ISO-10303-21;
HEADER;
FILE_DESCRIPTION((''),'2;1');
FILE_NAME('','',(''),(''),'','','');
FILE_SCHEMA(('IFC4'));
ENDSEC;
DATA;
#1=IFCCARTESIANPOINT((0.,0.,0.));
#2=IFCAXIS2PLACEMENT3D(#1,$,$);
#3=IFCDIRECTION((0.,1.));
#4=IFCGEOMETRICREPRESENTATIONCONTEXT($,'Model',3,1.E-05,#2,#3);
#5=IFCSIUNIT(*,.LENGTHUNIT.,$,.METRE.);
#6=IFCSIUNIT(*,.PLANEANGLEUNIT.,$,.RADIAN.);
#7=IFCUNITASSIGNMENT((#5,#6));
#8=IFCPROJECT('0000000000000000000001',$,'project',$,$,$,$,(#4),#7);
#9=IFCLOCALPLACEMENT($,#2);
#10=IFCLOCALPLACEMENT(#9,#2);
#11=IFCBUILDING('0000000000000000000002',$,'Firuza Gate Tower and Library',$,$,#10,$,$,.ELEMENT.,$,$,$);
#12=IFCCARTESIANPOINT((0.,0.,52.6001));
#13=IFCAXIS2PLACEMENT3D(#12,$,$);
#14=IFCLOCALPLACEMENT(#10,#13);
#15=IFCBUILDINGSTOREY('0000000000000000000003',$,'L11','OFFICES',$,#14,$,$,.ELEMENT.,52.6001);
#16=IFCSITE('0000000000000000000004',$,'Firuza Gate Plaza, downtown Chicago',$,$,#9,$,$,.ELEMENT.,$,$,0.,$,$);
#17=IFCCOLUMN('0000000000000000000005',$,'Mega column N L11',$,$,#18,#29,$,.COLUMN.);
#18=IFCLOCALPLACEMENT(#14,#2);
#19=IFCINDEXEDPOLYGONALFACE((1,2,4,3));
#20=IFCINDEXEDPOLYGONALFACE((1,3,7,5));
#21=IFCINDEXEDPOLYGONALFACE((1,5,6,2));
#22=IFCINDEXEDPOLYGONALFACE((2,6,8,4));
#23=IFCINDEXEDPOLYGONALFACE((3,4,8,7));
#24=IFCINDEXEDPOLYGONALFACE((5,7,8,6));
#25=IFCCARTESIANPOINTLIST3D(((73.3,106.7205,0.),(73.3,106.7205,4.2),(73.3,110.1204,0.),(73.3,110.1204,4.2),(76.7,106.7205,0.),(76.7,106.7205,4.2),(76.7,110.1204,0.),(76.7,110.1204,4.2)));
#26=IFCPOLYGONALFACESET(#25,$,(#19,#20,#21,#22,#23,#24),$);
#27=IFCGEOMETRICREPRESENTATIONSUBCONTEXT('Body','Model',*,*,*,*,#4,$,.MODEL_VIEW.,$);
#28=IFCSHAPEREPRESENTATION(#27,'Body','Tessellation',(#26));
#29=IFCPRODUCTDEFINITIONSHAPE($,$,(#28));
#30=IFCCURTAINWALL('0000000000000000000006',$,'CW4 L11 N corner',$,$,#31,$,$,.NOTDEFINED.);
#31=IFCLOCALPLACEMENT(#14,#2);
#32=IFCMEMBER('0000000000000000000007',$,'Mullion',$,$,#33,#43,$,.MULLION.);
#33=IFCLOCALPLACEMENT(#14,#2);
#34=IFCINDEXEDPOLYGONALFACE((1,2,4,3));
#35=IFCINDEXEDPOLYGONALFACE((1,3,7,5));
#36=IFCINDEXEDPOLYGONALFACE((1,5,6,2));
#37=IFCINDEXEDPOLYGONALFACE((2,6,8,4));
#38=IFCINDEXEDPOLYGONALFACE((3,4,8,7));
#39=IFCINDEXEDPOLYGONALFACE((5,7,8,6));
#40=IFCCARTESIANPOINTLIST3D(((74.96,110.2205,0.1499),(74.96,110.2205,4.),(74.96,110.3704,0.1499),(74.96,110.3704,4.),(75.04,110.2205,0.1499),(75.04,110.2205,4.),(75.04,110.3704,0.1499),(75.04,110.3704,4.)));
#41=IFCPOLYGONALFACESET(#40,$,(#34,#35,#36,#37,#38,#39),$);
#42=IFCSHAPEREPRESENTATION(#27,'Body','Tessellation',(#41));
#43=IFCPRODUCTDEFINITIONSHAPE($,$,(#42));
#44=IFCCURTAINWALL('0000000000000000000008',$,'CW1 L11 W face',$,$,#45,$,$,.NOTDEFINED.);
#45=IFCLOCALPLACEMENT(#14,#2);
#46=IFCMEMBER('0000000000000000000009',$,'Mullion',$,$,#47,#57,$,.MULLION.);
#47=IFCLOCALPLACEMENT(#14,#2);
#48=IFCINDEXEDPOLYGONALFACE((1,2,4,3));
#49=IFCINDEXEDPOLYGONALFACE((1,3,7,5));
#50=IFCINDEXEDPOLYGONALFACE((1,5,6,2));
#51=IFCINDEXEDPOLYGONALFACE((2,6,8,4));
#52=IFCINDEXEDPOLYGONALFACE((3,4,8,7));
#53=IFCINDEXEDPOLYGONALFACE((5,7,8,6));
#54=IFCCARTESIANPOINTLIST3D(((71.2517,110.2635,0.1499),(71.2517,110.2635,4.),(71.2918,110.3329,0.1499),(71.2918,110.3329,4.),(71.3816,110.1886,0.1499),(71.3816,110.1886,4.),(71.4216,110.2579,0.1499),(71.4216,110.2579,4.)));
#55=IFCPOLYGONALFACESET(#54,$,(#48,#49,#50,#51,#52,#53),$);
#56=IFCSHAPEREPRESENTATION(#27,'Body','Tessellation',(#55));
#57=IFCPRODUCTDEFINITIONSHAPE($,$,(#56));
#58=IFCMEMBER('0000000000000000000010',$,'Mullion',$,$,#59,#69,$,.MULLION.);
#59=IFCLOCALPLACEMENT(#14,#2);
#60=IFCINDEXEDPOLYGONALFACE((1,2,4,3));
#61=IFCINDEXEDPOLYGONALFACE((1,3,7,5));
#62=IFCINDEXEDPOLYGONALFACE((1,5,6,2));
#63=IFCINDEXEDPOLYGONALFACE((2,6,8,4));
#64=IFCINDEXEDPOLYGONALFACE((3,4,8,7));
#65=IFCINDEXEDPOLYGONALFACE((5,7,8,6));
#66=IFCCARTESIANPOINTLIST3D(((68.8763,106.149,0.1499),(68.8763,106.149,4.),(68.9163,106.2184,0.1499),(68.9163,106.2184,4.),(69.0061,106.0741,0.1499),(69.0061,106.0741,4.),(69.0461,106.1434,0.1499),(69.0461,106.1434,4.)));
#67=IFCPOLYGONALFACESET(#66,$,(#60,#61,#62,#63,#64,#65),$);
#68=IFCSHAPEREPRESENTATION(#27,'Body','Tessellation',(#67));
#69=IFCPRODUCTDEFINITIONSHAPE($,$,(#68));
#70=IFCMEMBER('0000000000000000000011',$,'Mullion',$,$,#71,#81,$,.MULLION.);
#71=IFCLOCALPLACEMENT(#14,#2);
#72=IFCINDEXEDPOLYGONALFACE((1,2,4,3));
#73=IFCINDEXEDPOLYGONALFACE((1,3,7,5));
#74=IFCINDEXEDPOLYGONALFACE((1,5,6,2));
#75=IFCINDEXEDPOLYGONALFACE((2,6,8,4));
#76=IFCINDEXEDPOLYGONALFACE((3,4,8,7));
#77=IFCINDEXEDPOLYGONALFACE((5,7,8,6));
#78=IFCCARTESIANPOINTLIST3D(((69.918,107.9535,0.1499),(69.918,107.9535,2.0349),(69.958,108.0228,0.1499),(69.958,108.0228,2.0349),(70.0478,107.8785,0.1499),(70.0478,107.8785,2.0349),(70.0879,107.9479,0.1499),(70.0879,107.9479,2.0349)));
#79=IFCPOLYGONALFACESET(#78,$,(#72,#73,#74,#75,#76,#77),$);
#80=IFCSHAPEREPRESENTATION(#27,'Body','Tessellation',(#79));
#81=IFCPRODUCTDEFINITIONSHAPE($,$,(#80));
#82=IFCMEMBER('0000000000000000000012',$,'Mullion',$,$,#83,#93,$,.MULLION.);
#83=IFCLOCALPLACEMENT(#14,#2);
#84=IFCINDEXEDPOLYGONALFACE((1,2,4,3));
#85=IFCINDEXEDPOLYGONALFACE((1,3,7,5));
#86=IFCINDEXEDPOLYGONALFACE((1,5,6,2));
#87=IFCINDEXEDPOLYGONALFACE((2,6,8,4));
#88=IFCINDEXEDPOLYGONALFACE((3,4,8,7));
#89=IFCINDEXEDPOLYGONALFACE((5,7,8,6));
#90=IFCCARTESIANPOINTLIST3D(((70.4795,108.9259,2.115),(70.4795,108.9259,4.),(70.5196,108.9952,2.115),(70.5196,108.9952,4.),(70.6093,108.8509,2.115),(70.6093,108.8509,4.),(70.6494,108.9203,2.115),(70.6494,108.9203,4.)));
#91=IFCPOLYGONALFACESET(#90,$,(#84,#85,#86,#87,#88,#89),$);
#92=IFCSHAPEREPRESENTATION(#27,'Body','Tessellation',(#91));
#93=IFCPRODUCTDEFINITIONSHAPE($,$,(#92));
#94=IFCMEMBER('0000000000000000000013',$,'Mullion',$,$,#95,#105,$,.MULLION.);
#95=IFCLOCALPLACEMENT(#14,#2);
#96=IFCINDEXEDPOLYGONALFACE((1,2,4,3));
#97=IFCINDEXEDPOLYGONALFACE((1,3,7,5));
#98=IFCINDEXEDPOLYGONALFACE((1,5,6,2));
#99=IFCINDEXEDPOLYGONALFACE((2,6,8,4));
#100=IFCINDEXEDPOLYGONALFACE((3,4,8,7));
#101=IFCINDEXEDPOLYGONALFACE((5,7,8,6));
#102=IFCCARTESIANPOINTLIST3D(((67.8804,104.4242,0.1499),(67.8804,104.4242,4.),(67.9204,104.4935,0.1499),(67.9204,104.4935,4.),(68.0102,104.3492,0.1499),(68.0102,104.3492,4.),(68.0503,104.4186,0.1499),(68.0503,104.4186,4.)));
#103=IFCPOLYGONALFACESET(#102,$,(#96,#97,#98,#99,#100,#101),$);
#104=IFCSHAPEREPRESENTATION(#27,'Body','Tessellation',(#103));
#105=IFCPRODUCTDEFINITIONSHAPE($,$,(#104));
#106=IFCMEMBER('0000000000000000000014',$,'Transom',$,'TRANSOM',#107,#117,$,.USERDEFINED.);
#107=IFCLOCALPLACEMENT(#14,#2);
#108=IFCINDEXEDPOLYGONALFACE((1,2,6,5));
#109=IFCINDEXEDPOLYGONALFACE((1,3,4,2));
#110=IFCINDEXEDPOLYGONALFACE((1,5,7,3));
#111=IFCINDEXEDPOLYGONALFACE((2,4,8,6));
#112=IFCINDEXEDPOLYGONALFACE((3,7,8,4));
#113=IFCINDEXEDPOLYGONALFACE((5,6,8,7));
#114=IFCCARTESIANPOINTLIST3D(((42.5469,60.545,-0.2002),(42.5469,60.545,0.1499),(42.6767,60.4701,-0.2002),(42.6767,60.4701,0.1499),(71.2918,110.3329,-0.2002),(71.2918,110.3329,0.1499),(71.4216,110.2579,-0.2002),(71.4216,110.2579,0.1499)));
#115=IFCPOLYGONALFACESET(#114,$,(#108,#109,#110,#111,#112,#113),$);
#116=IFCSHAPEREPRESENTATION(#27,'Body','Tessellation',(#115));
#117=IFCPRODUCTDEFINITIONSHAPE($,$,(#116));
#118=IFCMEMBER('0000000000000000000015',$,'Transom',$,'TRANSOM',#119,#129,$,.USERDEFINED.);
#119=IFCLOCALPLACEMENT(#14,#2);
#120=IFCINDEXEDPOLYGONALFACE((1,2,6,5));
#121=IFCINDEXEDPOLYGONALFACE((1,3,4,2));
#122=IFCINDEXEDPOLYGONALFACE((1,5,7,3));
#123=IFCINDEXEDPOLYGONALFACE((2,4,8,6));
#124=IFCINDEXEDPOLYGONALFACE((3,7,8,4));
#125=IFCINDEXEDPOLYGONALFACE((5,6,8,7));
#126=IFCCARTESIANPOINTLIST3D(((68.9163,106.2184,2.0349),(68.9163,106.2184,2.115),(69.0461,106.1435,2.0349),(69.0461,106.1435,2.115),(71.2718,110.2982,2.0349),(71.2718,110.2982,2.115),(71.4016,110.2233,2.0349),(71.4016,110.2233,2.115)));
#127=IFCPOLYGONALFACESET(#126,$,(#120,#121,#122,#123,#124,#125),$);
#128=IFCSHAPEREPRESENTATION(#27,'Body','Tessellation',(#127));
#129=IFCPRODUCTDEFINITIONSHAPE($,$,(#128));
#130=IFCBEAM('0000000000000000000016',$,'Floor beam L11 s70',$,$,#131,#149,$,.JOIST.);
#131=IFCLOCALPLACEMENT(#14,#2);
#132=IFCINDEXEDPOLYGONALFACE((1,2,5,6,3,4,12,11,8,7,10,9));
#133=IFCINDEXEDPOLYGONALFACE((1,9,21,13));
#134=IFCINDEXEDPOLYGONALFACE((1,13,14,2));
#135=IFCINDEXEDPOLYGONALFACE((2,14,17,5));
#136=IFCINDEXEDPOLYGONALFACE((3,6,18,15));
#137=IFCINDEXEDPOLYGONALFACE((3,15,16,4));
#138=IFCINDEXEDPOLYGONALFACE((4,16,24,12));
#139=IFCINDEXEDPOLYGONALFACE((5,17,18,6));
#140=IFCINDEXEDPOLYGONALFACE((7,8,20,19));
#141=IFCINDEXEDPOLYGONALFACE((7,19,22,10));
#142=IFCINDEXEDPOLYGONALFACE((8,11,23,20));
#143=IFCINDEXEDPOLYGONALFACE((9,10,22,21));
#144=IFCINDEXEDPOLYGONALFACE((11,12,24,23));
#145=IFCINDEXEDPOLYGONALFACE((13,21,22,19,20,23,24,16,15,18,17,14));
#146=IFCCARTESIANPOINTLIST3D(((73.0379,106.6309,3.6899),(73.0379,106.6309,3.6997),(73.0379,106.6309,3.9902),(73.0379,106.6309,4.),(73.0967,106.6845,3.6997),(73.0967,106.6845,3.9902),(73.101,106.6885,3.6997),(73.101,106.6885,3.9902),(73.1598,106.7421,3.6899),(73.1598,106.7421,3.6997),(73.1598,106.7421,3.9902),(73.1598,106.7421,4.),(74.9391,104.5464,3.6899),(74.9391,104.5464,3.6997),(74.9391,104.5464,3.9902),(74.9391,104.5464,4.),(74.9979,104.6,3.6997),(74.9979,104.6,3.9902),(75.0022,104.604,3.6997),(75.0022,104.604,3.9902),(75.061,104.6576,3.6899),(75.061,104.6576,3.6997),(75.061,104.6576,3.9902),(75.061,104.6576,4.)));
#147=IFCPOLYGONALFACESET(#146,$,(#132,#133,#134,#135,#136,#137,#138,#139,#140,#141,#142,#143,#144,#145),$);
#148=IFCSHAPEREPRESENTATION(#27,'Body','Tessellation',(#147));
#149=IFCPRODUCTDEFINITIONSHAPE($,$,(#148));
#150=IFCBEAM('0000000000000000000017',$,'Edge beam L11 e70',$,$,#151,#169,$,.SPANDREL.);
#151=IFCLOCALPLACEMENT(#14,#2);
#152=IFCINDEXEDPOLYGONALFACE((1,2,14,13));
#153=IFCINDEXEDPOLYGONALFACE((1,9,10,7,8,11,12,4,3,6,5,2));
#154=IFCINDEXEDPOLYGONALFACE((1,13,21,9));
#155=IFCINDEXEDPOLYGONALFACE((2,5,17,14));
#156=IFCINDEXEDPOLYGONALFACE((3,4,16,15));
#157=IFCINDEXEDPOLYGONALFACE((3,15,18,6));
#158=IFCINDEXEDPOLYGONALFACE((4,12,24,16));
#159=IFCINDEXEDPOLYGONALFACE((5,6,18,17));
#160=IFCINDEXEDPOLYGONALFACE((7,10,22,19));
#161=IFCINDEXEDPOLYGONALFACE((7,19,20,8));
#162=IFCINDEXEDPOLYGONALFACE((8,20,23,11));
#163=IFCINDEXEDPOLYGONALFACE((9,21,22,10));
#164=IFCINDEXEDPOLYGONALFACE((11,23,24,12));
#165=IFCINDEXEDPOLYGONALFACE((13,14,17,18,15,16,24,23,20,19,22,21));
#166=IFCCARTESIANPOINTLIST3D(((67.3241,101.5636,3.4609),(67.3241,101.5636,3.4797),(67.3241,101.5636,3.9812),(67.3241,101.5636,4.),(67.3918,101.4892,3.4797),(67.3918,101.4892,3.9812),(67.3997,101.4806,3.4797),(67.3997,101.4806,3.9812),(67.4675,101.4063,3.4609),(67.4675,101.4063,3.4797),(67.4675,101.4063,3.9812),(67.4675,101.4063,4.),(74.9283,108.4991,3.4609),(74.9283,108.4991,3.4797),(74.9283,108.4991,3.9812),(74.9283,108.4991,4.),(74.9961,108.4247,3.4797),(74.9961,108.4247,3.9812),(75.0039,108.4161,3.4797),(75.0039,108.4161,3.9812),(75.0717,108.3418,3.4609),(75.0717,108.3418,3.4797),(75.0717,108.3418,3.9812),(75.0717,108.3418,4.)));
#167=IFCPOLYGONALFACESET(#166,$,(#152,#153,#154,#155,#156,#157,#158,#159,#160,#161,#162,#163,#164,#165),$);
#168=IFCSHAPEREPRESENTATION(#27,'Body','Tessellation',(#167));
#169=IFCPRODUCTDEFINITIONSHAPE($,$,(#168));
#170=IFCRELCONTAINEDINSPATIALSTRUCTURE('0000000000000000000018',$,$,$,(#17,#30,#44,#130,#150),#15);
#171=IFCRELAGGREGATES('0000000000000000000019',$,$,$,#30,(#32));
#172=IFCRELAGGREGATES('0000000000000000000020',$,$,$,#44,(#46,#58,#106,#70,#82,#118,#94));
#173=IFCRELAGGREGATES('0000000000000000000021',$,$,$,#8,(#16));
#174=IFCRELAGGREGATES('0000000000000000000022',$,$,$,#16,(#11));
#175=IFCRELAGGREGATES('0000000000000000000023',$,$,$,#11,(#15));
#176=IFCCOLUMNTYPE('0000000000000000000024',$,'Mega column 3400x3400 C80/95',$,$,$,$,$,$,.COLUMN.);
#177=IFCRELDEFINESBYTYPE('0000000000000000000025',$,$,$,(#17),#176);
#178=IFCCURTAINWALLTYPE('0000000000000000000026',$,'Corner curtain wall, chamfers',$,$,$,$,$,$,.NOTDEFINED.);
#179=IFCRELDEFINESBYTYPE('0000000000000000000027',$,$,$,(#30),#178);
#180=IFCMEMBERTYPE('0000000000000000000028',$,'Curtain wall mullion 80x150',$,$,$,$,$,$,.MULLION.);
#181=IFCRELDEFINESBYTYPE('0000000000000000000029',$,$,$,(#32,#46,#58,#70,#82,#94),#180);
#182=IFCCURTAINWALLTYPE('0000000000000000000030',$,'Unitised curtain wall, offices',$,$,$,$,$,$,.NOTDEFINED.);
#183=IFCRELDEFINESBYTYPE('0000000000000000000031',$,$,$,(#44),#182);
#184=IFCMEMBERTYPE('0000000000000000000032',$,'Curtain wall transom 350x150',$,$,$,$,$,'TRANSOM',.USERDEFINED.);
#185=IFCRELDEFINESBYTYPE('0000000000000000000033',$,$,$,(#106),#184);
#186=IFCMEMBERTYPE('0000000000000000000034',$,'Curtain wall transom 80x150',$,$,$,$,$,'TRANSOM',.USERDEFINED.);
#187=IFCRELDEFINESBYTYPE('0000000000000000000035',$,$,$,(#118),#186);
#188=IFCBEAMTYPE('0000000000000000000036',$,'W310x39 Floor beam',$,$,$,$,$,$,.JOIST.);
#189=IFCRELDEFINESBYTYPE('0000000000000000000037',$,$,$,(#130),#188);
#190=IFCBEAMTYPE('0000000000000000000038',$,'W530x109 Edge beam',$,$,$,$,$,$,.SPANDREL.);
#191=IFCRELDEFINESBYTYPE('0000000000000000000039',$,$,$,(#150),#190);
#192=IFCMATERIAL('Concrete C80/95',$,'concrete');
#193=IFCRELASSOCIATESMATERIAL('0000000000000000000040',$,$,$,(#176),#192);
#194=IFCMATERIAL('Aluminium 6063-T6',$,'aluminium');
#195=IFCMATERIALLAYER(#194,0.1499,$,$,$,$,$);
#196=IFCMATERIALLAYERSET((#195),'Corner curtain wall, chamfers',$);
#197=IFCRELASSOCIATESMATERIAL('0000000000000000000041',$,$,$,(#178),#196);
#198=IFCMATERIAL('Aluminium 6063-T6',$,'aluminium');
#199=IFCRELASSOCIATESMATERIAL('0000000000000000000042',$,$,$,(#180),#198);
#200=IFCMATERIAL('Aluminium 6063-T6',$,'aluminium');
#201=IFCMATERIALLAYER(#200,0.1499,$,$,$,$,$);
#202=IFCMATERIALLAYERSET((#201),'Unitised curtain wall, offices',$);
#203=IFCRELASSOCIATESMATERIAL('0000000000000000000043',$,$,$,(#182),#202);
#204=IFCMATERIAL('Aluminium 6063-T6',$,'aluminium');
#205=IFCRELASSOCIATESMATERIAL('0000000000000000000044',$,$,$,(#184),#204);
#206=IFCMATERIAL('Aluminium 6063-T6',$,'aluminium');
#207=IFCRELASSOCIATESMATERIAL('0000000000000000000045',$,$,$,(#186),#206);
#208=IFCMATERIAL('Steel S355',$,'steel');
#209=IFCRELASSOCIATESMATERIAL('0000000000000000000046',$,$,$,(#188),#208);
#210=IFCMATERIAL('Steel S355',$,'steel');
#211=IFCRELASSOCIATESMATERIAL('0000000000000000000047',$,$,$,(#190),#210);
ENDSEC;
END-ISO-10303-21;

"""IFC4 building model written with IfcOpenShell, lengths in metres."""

from ifc_helpers import new_model, si_unit, direction, frame, origin, origin_2d, place, context, subcontext, project, spatial, rectangle, i_section, extrude, material, layer, layer_set, material_profile, profile_set, type_object, element, aggregate, save


model = new_model("IFC4")

# Units and contexts
model_context = context("Model", 3, precision=1e-05, world=origin(), true_north=direction((0.0, 1.0)))
body_context = subcontext(model_context, "Body", "Model", "MODEL_VIEW")
ifc_project = project(units=[si_unit("LENGTHUNIT", "METRE"), si_unit("PLANEANGLEUNIT", "RADIAN")], contexts=[model_context])

# Site, building, storey
site_placement = place(None, origin())
site = spatial("IfcSite", under=ifc_project, at=site_placement, Name="Firuza Gate Plaza, downtown Chicago", CompositionType="ELEMENT", RefElevation=0.0)
building_placement = place(site_placement, origin())
building = spatial("IfcBuilding", under=site, at=building_placement, Name="Firuza Gate Tower and Library", CompositionType="ELEMENT")
storey_placement = place(building_placement, frame((0.0, 0.0, 52.6001)))
storey = spatial("IfcBuildingStorey", under=building, at=storey_placement, Name="L11", Description="OFFICES", CompositionType="ELEMENT", Elevation=52.6001)

# Column
ifc_material_1 = material(Name="Concrete C80/95", Category="concrete")
ifc_material_profile_1 = material_profile(ifc_material_1, rectangle(XDim=3.3999, YDim=3.3999, at=origin_2d()))
ifc_profile_set_1 = profile_set([ifc_material_profile_1], Name="Concrete C80/95")
column_type = type_object("IfcColumnType", Name="Mega column 3400x3400 C80/95", PredefinedType="COLUMN", material=ifc_profile_set_1)
column_placement = place(storey_placement, frame((75.0, 108.4204, 0.0), z_axis=(0.0, 0.0, 1.0), x_axis=(-1.0, 0.0, 0.0)))
element("IfcColumn", 1, at=column_placement, inside=storey, type_object=column_type, Name="Mega column N L11", PredefinedType="COLUMN", context=body_context, shape_type="SweptSolid", body=[
    extrude(rectangle(XDim=3.3999, YDim=3.3999, at=origin_2d()), origin(), (0.0, 0.0, 1.0), 4.2),
])

# Curtain wall, member
ifc_material_2 = material(Name="Aluminium 6063-T6", Category="aluminium")
ifc_layer_1 = layer(ifc_material_2, 0.1499)
ifc_layer_set_1 = layer_set([ifc_layer_1], Name="Corner curtain wall, chamfers")
curtain_wall_type_1 = type_object("IfcCurtainWallType", Name="Corner curtain wall, chamfers", PredefinedType="NOTDEFINED", material=ifc_layer_set_1)
placement = place(storey_placement, origin())
curtain_wall_1 = element("IfcCurtainWall", 2, at=placement, inside=storey, type_object=curtain_wall_type_1, Name="CW4 L11 N corner", PredefinedType="NOTDEFINED")
ifc_material_3 = material(Name="Aluminium 6063-T6", Category="aluminium")
ifc_material_profile_2 = material_profile(ifc_material_3, rectangle(XDim=0.1499, YDim=0.0801, at=origin_2d()))
ifc_profile_set_2 = profile_set([ifc_material_profile_2], Name="Aluminium 6063-T6")
member_type_1 = type_object("IfcMemberType", Name="Curtain wall mullion 80x150", PredefinedType="MULLION", material=ifc_profile_set_2)
member_1_placement = place(storey_placement, frame((75.0, 110.2954, 0.1499), z_axis=(0.0, 0.0, 1.0), x_axis=(0.0, -1.0, 0.0)))
member_1 = element("IfcMember", 3, at=member_1_placement, type_object=member_type_1, Name="Mullion", PredefinedType="MULLION", context=body_context, shape_type="SweptSolid", body=[
    extrude(rectangle(XDim=0.1499, YDim=0.0801, at=origin_2d()), origin(), (0.0, 0.0, 1.0), 3.8501),
])

# Curtain wall, members
ifc_material_4 = material(Name="Aluminium 6063-T6", Category="aluminium")
ifc_layer_2 = layer(ifc_material_4, 0.1499)
ifc_layer_set_2 = layer_set([ifc_layer_2], Name="Unitised curtain wall, offices")
curtain_wall_type_2 = type_object("IfcCurtainWallType", Name="Unitised curtain wall, offices", PredefinedType="NOTDEFINED", material=ifc_layer_set_2)
curtain_wall_2 = element("IfcCurtainWall", 4, at=placement, inside=storey, type_object=curtain_wall_type_2, Name="CW1 L11 W face", PredefinedType="NOTDEFINED")
member_2_placement = place(storey_placement, frame((71.3367, 110.2607, 0.1499), z_axis=(0.0, 0.0, 1.0), x_axis=(0.866025, -0.5, 0.0)))
member_2 = element("IfcMember", 5, at=member_2_placement, type_object=member_type_1, Name="Mullion", PredefinedType="MULLION", context=body_context, shape_type="SweptSolid", body=[
    extrude(rectangle(XDim=0.1499, YDim=0.0801, at=origin_2d()), origin(), (0.0, 0.0, 1.0), 3.8501),
])
member_3_placement = place(storey_placement, frame((68.9612, 106.1462, 0.1499), z_axis=(0.0, 0.0, 1.0), x_axis=(0.866025, -0.5, 0.0)))
member_3 = element("IfcMember", 6, at=member_3_placement, type_object=member_type_1, Name="Mullion", PredefinedType="MULLION", context=body_context, shape_type="SweptSolid", body=[
    extrude(rectangle(XDim=0.1499, YDim=0.0801, at=origin_2d()), origin(), (0.0, 0.0, 1.0), 3.8501),
])
member_4_placement = place(storey_placement, frame((70.0029, 107.9507, 0.1499), z_axis=(0.0, 0.0, 1.0), x_axis=(0.866025, -0.5, 0.0)))
member_4 = element("IfcMember", 7, at=member_4_placement, type_object=member_type_1, Name="Mullion", PredefinedType="MULLION", context=body_context, shape_type="SweptSolid", body=[
    extrude(rectangle(XDim=0.1499, YDim=0.0801, at=origin_2d()), origin(), (0.0, 0.0, 1.0), 1.885),
])
member_5_placement = place(storey_placement, frame((70.5645, 108.9231, 2.115), z_axis=(0.0, 0.0, 1.0), x_axis=(0.866025, -0.5, 0.0)))
member_5 = element("IfcMember", 8, at=member_5_placement, type_object=member_type_1, Name="Mullion", PredefinedType="MULLION", context=body_context, shape_type="SweptSolid", body=[
    extrude(rectangle(XDim=0.1499, YDim=0.0801, at=origin_2d()), origin(), (0.0, 0.0, 1.0), 1.885),
])
member_6_placement = place(storey_placement, frame((67.9653, 104.4214, 0.1499), z_axis=(0.0, 0.0, 1.0), x_axis=(0.866025, -0.5, 0.0)))
member_6 = element("IfcMember", 9, at=member_6_placement, type_object=member_type_1, Name="Mullion", PredefinedType="MULLION", context=body_context, shape_type="SweptSolid", body=[
    extrude(rectangle(XDim=0.1499, YDim=0.0801, at=origin_2d()), origin(), (0.0, 0.0, 1.0), 3.8501),
])
ifc_material_5 = material(Name="Aluminium 6063-T6", Category="aluminium")
ifc_material_profile_3 = material_profile(ifc_material_5, rectangle(XDim=0.1499, YDim=0.3501, at=origin_2d()))
ifc_profile_set_3 = profile_set([ifc_material_profile_3], Name="Aluminium 6063-T6")
member_type_2 = type_object("IfcMemberType", Name="Curtain wall transom 350x150", ElementType="TRANSOM", PredefinedType="USERDEFINED", material=ifc_profile_set_3)
member_7_placement = place(storey_placement, frame((71.3567, 110.2954, -0.0251), z_axis=(-0.499998, -0.866027, 0.0), x_axis=(0.866027, -0.499998, 0.0)))
member_7 = element("IfcMember", 10, at=member_7_placement, type_object=member_type_2, Name="Transom", ObjectType="TRANSOM", PredefinedType="USERDEFINED", context=body_context, shape_type="SweptSolid", body=[
    extrude(rectangle(XDim=0.1499, YDim=0.3501, at=origin_2d()), origin(), (0.0, 0.0, 1.0), 57.49),
])
ifc_material_6 = material(Name="Aluminium 6063-T6", Category="aluminium")
ifc_material_profile_4 = material_profile(ifc_material_6, rectangle(XDim=0.1499, YDim=0.0801, at=origin_2d()))
ifc_profile_set_4 = profile_set([ifc_material_profile_4], Name="Aluminium 6063-T6")
member_type_3 = type_object("IfcMemberType", Name="Curtain wall transom 80x150", ElementType="TRANSOM", PredefinedType="USERDEFINED", material=ifc_profile_set_4)
member_8_placement = place(storey_placement, frame((71.3367, 110.2607, 2.075), z_axis=(-0.499996, -0.866028, 0.0), x_axis=(0.866028, -0.499996, 0.0)))
member_8 = element("IfcMember", 11, at=member_8_placement, type_object=member_type_3, Name="Transom", ObjectType="TRANSOM", PredefinedType="USERDEFINED", context=body_context, shape_type="SweptSolid", body=[
    extrude(rectangle(XDim=0.1499, YDim=0.0801, at=origin_2d()), origin(), (0.0, 0.0, 1.0), 4.7109),
])

# Beams
ifc_material_7 = material(Name="Steel S355", Category="steel")
ifc_material_profile_5 = material_profile(ifc_material_7, i_section(OverallWidth=0.165, OverallDepth=0.3101, WebThickness=0.0059, FlangeThickness=0.0098, at=origin_2d()))
ifc_profile_set_5 = profile_set([ifc_material_profile_5], Name="Steel S355")
beam_type_1 = type_object("IfcBeamType", Name="W310x39 Floor beam", PredefinedType="JOIST", material=ifc_profile_set_5)
beam_1_placement = place(storey_placement, frame((73.0989, 106.6865, 3.845), z_axis=(0.673865, -0.738854, 0.0), x_axis=(0.738854, 0.673865, 0.0)))
element("IfcBeam", 12, at=beam_1_placement, inside=storey, type_object=beam_type_1, Name="Floor beam L11 s70", PredefinedType="JOIST", context=body_context, shape_type="SweptSolid", body=[
    extrude(i_section(OverallWidth=0.165, OverallDepth=0.3101, WebThickness=0.0059, FlangeThickness=0.0098, at=origin_2d()), origin(), (0.0, 0.0, 1.0), 2.8213),
])
ifc_material_8 = material(Name="Steel S355", Category="steel")
ifc_material_profile_6 = material_profile(ifc_material_8, i_section(OverallWidth=0.2129, OverallDepth=0.5391, WebThickness=0.0117, FlangeThickness=0.0188, at=origin_2d()))
ifc_profile_set_6 = profile_set([ifc_material_profile_6], Name="Steel S355")
beam_type_2 = type_object("IfcBeamType", Name="W530x109 Edge beam", PredefinedType="SPANDREL", material=ifc_profile_set_6)
beam_2_placement = place(storey_placement, frame((75.0, 108.4204, 3.7305), z_axis=(-0.738846, -0.673874, 0.0), x_axis=(0.673874, -0.738846, 0.0)))
element("IfcBeam", 13, at=beam_2_placement, inside=storey, type_object=beam_type_2, Name="Edge beam L11 e70", PredefinedType="SPANDREL", context=body_context, shape_type="SweptSolid", body=[
    extrude(i_section(OverallWidth=0.2129, OverallDepth=0.5391, WebThickness=0.0117, FlangeThickness=0.0188, at=origin_2d()), origin(), (0.0, 0.0, 1.0), 10.292),
])

aggregate(curtain_wall_1, [member_1])
aggregate(curtain_wall_2, [member_2, member_3, member_7, member_4, member_5, member_8, member_6])

save(model, "model.ifc")
